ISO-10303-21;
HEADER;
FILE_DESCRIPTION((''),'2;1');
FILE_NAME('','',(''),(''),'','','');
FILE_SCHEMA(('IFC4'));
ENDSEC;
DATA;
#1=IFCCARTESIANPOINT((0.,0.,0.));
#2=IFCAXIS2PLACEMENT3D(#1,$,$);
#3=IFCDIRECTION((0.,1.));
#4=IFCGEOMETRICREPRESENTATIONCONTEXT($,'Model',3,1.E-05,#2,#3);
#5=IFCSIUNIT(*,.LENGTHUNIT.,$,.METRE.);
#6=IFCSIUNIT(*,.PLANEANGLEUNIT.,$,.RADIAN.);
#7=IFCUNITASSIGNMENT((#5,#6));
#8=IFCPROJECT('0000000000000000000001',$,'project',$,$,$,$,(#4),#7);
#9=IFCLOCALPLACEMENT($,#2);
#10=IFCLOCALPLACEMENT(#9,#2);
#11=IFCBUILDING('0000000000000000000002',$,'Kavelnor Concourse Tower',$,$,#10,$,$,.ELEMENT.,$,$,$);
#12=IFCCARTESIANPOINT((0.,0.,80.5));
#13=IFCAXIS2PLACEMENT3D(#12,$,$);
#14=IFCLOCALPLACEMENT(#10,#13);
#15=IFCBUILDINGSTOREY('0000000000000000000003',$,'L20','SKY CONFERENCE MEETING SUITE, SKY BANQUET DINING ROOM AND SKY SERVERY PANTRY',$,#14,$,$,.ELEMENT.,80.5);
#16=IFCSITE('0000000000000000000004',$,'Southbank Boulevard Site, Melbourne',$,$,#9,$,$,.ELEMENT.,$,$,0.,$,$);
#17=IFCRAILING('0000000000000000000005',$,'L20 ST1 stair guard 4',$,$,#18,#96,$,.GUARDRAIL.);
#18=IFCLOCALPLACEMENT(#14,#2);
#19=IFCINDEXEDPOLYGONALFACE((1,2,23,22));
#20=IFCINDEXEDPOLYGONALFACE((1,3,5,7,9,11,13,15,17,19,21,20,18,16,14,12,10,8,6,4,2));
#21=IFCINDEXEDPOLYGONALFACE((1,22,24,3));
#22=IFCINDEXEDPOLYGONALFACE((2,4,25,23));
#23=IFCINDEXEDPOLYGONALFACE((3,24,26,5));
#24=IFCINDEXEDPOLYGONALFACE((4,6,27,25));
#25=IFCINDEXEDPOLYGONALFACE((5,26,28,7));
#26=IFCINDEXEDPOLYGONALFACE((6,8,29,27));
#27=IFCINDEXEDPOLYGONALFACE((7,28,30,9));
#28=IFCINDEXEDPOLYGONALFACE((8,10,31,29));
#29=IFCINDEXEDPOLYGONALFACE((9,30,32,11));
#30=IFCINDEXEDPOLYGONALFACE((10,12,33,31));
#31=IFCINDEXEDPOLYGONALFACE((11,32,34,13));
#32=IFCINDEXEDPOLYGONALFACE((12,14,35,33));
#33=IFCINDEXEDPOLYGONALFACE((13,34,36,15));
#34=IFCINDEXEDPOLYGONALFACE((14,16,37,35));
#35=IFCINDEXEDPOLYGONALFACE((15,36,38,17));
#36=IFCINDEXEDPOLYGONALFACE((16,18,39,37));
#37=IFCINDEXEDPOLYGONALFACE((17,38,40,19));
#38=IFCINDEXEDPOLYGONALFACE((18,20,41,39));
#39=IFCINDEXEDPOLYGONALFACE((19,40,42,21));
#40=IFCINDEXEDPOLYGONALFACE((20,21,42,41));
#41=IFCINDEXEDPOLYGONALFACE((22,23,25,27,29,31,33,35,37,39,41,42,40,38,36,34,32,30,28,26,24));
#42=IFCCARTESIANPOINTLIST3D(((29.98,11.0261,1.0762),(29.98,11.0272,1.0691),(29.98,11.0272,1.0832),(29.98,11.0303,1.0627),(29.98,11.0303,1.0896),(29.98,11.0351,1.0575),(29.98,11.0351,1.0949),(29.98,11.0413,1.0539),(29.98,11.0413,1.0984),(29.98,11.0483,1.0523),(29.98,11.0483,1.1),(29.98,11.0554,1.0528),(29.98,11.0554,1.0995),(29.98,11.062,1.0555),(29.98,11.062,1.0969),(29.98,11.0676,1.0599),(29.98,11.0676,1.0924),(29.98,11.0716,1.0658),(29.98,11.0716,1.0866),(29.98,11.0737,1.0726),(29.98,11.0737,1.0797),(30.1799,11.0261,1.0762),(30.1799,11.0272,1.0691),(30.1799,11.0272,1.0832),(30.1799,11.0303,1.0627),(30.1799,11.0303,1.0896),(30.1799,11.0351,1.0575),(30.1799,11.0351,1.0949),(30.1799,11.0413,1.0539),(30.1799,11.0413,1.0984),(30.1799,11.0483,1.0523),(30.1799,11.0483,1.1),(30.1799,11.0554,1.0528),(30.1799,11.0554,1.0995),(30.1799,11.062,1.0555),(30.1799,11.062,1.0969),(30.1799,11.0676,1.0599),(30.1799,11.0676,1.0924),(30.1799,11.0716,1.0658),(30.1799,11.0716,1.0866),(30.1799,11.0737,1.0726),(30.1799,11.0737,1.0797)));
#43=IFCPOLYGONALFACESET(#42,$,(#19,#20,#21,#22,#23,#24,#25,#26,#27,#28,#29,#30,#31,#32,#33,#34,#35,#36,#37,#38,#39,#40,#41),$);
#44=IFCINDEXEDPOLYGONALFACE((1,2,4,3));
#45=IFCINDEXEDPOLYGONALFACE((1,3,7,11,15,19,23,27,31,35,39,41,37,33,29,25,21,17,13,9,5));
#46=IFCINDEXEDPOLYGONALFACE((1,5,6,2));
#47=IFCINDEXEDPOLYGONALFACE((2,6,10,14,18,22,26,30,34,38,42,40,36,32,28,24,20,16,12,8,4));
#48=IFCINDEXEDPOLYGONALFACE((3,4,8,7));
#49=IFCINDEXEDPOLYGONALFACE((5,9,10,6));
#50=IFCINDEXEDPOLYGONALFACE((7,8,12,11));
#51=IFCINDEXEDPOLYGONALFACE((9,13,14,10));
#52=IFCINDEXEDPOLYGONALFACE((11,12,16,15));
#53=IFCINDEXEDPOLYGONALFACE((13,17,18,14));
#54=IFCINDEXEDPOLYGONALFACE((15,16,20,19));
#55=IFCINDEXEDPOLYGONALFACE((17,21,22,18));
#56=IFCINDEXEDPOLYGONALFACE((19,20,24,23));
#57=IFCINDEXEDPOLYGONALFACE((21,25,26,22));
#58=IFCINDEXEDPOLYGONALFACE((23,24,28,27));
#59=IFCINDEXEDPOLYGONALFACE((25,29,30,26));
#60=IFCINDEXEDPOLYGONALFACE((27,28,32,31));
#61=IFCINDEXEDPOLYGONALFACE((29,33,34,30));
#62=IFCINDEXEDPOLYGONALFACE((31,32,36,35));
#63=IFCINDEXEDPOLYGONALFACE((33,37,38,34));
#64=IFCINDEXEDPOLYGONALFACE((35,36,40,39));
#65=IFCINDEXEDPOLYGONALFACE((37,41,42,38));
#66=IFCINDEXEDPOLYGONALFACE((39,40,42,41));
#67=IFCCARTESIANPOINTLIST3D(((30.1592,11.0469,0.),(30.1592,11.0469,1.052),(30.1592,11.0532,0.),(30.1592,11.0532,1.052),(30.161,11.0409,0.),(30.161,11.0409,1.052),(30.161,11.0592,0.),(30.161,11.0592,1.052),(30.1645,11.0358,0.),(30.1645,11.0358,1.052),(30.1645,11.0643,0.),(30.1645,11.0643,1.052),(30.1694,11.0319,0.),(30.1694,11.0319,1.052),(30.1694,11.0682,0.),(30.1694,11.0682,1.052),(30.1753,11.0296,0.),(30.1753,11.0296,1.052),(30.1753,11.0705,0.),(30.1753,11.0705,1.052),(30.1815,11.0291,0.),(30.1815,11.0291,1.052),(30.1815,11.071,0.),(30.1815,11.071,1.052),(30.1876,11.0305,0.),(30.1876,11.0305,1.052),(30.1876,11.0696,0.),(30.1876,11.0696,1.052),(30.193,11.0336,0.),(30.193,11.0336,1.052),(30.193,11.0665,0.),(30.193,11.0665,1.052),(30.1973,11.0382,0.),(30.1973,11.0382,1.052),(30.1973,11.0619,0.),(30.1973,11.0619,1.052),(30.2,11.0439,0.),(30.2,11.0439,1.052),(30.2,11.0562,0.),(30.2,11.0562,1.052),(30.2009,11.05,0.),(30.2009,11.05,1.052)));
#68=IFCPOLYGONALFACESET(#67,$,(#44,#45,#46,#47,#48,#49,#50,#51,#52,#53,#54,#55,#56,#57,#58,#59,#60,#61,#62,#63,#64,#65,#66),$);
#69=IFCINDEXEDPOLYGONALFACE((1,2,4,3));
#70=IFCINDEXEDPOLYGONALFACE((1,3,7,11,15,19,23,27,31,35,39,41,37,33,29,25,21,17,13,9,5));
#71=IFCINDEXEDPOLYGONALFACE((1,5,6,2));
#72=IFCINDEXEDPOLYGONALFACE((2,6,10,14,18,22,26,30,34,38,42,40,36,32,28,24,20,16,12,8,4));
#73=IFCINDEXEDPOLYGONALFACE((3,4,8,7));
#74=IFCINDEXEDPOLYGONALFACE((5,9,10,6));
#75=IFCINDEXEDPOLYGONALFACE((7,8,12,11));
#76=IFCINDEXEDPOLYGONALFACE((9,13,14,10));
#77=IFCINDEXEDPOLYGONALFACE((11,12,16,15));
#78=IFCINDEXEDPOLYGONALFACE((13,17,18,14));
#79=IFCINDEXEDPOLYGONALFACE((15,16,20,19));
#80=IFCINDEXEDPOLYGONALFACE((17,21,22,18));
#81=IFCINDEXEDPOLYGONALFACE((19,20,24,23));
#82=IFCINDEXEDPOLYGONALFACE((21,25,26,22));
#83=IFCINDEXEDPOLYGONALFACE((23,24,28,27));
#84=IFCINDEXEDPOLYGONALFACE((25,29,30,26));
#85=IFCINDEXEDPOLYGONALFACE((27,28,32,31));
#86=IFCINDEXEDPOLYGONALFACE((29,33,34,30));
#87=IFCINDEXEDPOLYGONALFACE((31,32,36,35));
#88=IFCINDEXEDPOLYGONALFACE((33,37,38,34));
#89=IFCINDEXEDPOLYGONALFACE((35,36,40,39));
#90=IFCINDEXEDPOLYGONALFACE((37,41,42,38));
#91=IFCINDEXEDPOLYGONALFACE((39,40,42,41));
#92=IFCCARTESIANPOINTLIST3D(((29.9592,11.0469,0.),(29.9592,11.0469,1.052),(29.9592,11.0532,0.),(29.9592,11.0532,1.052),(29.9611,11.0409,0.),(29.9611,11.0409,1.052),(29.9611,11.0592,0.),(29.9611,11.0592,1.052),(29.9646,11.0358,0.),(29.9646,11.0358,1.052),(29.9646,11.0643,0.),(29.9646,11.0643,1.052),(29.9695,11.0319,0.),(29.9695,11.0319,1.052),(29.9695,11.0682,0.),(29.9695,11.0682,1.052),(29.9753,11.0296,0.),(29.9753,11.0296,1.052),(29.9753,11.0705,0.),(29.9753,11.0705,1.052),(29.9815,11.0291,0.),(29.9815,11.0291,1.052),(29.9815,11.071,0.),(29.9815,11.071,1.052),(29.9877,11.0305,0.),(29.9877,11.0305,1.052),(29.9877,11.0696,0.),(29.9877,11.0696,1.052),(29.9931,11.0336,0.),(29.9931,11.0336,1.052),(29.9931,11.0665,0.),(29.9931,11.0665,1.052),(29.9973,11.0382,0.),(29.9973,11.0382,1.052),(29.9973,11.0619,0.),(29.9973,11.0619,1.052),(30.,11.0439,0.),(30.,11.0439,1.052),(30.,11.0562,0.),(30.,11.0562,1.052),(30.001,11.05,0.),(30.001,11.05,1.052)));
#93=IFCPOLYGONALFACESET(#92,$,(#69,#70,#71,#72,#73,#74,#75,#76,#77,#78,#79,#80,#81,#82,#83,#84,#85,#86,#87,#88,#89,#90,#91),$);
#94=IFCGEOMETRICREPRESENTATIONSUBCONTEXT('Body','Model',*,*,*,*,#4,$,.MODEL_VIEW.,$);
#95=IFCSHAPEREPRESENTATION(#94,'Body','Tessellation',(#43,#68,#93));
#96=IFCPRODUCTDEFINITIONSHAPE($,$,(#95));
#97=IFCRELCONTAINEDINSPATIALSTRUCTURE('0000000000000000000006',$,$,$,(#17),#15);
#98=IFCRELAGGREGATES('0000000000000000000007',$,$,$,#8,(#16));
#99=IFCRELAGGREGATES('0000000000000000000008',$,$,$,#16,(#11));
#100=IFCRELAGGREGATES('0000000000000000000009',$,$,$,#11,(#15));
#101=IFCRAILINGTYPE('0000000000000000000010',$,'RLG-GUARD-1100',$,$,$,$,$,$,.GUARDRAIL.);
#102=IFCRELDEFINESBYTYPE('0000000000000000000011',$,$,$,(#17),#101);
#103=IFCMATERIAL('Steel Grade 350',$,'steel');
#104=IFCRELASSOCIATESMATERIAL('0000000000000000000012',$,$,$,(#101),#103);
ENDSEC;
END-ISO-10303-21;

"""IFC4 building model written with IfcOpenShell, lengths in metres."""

from ifc_helpers import new_model, si_unit, direction, frame, origin, origin_2d, place, context, subcontext, project, spatial, circle, extrude, material, type_object, element, save


model = new_model("IFC4")

# Units and contexts
model_context = context("Model", 3, precision=1e-05, world=origin(), true_north=direction((0.0, 1.0)))
body_context = subcontext(model_context, "Body", "Model", "MODEL_VIEW")
ifc_project = project(units=[si_unit("LENGTHUNIT", "METRE"), si_unit("PLANEANGLEUNIT", "RADIAN")], contexts=[model_context])

# Site, building, storey
site_placement = place(None, origin())
site = spatial("IfcSite", under=ifc_project, at=site_placement, Name="Southbank Boulevard Site, Melbourne", CompositionType="ELEMENT", RefElevation=0.0)
building_placement = place(site_placement, origin())
building = spatial("IfcBuilding", under=site, at=building_placement, Name="Kavelnor Concourse Tower", CompositionType="ELEMENT")
storey_placement = place(building_placement, frame((0.0, 0.0, 80.5)))
storey = spatial("IfcBuildingStorey", under=building, at=storey_placement, Name="L20", Description="SKY CONFERENCE MEETING SUITE, SKY BANQUET DINING ROOM AND SKY SERVERY PANTRY", CompositionType="ELEMENT", Elevation=80.5)

# Shared definitions
ifc_material_1 = material(Name="Steel Grade 350", Category="steel")

# Railing
railing_type_1 = type_object("IfcRailingType", Name="RLG-GUARD-1100", PredefinedType="GUARDRAIL", material=ifc_material_1)
railing_1_placement = place(storey_placement, frame((30.1799, 11.05, 0.0)))
element("IfcRailing", 1, at=railing_1_placement, inside=storey, type_object=railing_type_1, Name="L20 ST1 stair guard 4", PredefinedType="GUARDRAIL", context=body_context, shape_type="SweptSolid", body=[
    extrude(circle(Radius=0.0239, at=origin_2d()), frame((0.0, 0.0, 1.0762), z_axis=(-1.0, 0.0, 0.0), x_axis=(0.0, -1.0, 0.0)), (0.0, 0.0, 1.0), 0.2),
    extrude(circle(Radius=0.021, at=origin_2d()), origin(), (0.0, 0.0, 1.0), 1.052),
    extrude(circle(Radius=0.021, at=origin_2d()), frame((-0.2, 0.0, 0.0)), (0.0, 0.0, 1.0), 1.052),
])

save(model, "model.ifc")
